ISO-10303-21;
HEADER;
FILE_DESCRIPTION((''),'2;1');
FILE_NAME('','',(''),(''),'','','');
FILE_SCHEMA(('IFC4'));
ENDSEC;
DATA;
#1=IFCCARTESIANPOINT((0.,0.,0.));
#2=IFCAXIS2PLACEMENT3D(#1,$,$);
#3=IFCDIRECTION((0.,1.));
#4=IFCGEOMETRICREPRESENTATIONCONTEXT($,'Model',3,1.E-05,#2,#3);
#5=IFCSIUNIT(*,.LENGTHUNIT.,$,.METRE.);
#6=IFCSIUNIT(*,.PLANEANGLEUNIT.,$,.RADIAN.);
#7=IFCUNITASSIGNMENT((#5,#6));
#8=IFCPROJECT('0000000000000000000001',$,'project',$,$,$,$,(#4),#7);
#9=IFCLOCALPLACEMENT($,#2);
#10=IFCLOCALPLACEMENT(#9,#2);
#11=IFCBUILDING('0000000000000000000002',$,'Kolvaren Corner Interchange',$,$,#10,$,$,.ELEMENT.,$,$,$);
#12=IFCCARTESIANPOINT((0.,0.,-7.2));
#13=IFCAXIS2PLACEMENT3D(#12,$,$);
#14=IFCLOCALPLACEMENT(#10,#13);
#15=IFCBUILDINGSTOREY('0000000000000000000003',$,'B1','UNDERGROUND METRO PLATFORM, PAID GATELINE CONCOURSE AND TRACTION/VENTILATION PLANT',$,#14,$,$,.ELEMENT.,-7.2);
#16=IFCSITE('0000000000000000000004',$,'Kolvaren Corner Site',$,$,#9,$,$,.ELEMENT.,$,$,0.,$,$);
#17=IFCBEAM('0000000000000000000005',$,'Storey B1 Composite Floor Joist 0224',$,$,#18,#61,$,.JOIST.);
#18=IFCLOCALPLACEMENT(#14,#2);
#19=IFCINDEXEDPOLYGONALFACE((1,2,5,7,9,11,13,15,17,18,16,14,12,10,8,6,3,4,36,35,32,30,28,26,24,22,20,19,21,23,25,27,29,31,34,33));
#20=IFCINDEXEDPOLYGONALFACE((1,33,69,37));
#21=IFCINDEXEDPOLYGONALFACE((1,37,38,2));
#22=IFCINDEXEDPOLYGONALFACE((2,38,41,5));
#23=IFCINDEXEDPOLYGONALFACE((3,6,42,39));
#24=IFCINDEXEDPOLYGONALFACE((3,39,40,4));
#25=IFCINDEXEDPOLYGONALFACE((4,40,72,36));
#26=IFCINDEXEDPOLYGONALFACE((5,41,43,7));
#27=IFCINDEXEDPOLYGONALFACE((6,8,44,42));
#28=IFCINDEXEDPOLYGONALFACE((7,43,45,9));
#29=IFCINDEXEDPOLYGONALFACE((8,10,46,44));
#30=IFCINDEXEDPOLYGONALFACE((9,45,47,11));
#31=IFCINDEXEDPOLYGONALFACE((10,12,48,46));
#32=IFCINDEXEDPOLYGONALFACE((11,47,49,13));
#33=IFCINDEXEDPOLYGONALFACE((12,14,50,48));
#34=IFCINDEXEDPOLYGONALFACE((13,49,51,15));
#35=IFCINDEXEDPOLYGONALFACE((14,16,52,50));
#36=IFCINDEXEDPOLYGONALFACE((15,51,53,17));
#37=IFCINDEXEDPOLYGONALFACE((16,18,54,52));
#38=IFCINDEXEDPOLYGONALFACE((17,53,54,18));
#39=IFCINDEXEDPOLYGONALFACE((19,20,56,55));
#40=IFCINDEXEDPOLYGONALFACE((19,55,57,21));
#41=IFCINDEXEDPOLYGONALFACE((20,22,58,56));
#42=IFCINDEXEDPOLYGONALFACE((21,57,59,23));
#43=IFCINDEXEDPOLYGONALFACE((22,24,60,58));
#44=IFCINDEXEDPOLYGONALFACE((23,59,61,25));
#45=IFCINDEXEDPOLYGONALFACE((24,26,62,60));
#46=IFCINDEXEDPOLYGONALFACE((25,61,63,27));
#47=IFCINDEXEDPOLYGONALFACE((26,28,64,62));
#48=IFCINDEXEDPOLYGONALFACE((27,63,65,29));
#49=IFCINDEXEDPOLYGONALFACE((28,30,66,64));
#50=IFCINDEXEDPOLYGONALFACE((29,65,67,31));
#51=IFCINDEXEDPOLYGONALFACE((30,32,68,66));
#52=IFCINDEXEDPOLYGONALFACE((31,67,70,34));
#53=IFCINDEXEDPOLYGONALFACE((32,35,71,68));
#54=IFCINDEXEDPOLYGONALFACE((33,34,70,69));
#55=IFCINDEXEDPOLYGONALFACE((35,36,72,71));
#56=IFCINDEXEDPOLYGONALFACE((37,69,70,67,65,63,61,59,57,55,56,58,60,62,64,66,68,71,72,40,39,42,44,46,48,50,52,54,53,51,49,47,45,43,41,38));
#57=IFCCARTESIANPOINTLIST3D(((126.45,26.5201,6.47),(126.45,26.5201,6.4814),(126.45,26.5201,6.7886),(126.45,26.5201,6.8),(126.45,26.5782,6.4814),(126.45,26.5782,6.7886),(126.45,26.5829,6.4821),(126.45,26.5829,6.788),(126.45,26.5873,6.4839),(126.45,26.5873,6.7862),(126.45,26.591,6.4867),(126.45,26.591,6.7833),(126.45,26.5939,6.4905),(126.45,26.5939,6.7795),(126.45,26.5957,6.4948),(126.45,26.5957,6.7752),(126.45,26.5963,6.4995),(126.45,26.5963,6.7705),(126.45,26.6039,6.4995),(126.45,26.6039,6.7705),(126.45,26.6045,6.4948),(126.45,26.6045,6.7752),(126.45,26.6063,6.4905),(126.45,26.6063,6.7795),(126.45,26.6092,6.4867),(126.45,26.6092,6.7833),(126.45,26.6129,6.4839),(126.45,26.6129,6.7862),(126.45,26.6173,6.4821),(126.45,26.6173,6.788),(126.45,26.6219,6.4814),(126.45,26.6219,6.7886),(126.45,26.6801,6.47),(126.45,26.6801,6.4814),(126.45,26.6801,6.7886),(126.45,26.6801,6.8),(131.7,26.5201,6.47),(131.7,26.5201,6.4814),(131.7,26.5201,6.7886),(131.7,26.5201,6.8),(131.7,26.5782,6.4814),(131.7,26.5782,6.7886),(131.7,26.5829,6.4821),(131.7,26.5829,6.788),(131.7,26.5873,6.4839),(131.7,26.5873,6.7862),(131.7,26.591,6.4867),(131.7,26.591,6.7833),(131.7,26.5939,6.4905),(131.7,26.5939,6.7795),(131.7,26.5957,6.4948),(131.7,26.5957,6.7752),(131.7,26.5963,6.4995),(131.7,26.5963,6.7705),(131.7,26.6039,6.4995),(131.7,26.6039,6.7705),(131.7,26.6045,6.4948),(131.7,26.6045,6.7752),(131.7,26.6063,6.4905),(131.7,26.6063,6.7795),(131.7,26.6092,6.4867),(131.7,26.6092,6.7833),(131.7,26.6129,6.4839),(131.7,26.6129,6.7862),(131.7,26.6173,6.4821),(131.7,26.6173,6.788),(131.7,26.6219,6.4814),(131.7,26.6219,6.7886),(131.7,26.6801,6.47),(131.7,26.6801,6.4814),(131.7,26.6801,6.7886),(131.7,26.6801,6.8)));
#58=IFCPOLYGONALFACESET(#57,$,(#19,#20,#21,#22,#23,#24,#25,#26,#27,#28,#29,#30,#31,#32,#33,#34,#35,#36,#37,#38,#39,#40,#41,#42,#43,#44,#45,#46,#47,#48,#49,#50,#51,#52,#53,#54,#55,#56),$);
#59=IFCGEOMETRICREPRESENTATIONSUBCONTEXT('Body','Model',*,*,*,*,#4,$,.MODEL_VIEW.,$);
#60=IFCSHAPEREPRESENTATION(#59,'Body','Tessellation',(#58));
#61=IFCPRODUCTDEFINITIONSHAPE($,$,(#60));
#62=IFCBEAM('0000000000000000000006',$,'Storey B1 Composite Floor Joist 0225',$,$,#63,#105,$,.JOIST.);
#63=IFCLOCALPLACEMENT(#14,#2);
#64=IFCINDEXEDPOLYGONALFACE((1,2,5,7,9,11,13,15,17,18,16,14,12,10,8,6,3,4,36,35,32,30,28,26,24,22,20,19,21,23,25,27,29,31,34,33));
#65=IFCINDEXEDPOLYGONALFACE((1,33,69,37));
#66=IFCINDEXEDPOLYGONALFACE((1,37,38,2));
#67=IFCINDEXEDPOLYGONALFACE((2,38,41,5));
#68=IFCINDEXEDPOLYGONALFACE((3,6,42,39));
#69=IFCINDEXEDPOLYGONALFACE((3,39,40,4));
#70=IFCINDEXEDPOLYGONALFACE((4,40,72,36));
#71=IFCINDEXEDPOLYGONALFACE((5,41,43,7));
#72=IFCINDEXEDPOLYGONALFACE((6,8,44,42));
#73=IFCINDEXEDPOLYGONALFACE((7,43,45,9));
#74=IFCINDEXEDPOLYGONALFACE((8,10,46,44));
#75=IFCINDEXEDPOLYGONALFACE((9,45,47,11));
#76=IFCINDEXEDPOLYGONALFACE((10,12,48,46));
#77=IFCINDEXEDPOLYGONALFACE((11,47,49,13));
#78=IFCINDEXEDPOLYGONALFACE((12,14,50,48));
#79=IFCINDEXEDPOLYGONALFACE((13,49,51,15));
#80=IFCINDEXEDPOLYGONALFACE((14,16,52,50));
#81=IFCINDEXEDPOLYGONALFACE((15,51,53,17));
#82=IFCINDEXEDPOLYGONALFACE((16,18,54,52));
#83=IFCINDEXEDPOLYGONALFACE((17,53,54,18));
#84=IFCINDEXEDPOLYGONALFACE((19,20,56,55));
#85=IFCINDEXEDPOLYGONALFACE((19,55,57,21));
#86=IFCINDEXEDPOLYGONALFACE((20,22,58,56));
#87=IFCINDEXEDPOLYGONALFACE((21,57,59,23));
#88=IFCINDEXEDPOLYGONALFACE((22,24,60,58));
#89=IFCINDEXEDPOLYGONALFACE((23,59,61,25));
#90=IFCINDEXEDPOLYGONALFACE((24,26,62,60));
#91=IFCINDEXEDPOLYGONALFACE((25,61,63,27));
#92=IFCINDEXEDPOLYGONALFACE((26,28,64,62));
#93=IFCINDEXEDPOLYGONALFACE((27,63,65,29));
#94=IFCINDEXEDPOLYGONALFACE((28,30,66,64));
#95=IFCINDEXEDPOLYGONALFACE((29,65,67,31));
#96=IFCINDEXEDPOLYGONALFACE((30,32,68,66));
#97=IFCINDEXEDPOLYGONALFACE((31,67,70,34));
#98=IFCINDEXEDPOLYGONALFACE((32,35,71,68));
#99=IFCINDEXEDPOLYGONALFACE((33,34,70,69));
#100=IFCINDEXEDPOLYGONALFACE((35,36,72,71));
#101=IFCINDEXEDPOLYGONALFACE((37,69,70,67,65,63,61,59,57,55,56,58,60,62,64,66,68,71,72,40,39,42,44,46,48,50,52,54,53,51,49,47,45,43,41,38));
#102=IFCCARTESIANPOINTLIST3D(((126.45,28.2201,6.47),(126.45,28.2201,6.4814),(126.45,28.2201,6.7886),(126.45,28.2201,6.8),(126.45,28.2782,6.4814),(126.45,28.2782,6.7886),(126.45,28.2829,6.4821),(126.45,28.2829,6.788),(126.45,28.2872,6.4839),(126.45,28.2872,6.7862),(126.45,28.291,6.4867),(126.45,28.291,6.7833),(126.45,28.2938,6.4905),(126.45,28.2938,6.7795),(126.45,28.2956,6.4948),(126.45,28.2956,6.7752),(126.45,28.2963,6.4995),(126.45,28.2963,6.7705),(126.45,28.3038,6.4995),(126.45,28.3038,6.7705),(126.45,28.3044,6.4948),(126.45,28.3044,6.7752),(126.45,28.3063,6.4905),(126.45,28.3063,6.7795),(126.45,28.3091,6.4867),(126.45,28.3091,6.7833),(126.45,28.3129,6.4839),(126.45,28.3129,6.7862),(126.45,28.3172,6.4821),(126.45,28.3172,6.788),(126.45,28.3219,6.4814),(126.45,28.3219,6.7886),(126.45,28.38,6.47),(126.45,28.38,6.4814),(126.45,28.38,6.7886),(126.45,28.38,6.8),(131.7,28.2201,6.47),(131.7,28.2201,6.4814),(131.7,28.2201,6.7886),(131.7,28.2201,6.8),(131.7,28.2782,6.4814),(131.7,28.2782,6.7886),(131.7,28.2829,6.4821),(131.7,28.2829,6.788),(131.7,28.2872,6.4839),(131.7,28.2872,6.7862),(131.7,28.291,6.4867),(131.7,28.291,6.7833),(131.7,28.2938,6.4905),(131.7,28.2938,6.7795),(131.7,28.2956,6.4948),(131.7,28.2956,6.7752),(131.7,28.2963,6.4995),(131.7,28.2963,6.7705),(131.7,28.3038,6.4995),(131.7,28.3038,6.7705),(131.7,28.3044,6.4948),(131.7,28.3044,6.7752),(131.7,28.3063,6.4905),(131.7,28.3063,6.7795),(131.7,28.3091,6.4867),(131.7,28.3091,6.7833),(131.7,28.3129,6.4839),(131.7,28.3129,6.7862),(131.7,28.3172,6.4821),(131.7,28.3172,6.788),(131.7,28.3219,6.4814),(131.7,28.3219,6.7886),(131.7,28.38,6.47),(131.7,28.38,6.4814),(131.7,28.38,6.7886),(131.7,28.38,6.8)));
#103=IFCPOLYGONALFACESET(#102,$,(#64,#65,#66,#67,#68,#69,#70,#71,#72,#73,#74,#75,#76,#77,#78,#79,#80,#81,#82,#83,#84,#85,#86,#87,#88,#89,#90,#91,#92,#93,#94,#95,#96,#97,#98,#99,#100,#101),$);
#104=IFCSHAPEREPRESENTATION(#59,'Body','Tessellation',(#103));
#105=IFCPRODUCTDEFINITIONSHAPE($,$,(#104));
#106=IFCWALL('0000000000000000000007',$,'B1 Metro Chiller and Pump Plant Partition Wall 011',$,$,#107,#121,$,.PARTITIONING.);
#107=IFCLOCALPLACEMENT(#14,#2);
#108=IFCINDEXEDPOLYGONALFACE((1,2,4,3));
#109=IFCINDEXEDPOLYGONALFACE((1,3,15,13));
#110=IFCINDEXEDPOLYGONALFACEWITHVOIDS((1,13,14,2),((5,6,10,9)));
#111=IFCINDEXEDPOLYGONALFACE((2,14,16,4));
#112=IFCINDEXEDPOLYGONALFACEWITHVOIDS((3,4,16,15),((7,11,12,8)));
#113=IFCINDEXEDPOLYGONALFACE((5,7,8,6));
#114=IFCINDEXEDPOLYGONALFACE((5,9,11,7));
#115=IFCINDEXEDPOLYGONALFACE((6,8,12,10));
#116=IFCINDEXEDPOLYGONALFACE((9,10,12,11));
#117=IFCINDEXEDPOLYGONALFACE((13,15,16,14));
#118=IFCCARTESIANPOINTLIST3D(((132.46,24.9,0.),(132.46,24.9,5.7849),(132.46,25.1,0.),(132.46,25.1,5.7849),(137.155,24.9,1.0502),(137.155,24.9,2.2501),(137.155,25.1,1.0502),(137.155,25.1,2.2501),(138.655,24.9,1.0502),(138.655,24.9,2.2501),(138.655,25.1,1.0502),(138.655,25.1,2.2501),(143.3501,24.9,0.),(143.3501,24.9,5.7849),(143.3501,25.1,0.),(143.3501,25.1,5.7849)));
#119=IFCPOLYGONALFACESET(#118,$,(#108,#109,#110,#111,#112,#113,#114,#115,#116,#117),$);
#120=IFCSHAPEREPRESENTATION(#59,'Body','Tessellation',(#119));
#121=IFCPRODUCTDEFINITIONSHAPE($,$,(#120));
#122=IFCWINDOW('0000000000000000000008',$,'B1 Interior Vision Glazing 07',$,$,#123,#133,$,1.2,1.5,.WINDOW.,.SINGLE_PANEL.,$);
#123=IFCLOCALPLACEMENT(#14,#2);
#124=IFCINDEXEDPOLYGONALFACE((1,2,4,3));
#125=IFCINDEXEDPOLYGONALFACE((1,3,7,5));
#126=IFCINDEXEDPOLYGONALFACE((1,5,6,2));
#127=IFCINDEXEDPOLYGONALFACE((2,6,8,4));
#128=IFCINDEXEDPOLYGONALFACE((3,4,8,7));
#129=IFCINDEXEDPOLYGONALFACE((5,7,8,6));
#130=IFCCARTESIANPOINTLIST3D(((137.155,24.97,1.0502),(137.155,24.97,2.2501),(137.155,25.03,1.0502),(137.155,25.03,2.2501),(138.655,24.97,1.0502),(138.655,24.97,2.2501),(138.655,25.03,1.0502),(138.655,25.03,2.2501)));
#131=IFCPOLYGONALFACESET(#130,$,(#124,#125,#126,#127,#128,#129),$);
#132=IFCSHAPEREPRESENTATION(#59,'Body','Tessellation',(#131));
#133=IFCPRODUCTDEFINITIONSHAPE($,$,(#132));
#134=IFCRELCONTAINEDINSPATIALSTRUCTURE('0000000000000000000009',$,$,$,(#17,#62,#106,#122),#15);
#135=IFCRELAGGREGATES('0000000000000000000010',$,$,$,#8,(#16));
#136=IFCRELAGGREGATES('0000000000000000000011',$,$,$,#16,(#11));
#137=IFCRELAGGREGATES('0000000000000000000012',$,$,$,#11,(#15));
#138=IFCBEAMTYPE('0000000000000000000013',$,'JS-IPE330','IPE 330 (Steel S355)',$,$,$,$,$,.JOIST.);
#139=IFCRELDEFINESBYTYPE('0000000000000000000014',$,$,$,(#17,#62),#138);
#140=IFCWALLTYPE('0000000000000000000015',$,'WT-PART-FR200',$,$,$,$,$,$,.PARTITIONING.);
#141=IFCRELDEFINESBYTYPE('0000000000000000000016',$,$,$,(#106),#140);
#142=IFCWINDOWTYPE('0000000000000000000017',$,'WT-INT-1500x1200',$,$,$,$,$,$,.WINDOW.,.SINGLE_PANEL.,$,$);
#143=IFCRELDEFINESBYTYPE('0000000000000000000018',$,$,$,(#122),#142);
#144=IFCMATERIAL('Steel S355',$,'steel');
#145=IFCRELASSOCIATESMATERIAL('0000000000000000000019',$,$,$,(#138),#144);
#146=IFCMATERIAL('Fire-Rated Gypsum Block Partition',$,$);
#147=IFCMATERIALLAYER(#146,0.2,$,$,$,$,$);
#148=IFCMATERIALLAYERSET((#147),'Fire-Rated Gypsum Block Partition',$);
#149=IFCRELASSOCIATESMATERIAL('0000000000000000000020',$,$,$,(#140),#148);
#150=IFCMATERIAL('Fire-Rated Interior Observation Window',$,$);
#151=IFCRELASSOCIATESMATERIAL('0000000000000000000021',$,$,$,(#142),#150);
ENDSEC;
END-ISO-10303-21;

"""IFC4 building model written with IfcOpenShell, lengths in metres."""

from ifc_helpers import new_model, si_unit, direction, frame, frame_2d, origin, origin_2d, place, context, subcontext, project, spatial, rectangle, i_section, extrude, material, layer, layer_set, material_profile, profile_set, type_object, element, fill, save


model = new_model("IFC4")

# Units and contexts
model_context = context("Model", 3, precision=1e-05, world=origin(), true_north=direction((0.0, 1.0)))
body_context = subcontext(model_context, "Body", "Model", "MODEL_VIEW")
ifc_project = project(units=[si_unit("LENGTHUNIT", "METRE"), si_unit("PLANEANGLEUNIT", "RADIAN")], contexts=[model_context])

# Site, building, storey
site_placement = place(None, origin())
site = spatial("IfcSite", under=ifc_project, at=site_placement, Name="Kolvaren Corner Site", CompositionType="ELEMENT", RefElevation=0.0)
building_placement = place(site_placement, origin())
building = spatial("IfcBuilding", under=site, at=building_placement, Name="Kolvaren Corner Interchange", CompositionType="ELEMENT")
storey_placement = place(building_placement, frame((0.0, 0.0, -7.2)))
storey = spatial("IfcBuildingStorey", under=building, at=storey_placement, Name="B1", Description="UNDERGROUND METRO PLATFORM, PAID GATELINE CONCOURSE AND TRACTION/VENTILATION PLANT", CompositionType="ELEMENT", Elevation=-7.2)

# Beams
ifc_material_1 = material(Name="Steel S355", Category="steel")
ifc_material_profile_1 = material_profile(ifc_material_1, i_section(OverallWidth=0.1599, OverallDepth=0.3301, WebThickness=0.0076, FlangeThickness=0.0115, FilletRadius=0.0181, at=origin_2d()), Name="IPE 330")
ifc_profile_set_1 = profile_set([ifc_material_profile_1], Name="Steel S355")
beam_type_1 = type_object("IfcBeamType", Name="JS-IPE330", Description="IPE 330 (Steel S355)", PredefinedType="JOIST", material=ifc_profile_set_1)
for number, where, z_axis, x_axis, name in (
    (1, (126.45, 26.6001, 6.635), (1.0, 0.0, 0.0), (0.0, 1.0, 0.0), "Storey B1 Composite Floor Joist 0224"),
    (2, (126.45, 28.3, 6.635), (1.0, 0.0, 0.0), (0.0, 1.0, 0.0), "Storey B1 Composite Floor Joist 0225"),
):
    element("IfcBeam", number, at=place(storey_placement, frame(where, z_axis=z_axis, x_axis=x_axis)), inside=storey, type_object=beam_type_1, Name=name, PredefinedType="JOIST", context=body_context, shape_type="SweptSolid", body=[
        extrude(i_section(OverallWidth=0.1599, OverallDepth=0.3301, WebThickness=0.0076, FlangeThickness=0.0115, FilletRadius=0.0181, at=origin_2d()), origin(), (0.0, 0.0, 1.0), 5.25),
    ])

# Wall, opening, window
ifc_material_2 = material(Name="Fire-Rated Gypsum Block Partition")
ifc_layer = layer(ifc_material_2, 0.2)
ifc_layer_set = layer_set([ifc_layer], Name="Fire-Rated Gypsum Block Partition")
wall_type = type_object("IfcWallType", Name="WT-PART-FR200", PredefinedType="PARTITIONING", material=ifc_layer_set)
wall_placement = place(storey_placement, frame((132.46, 25.0, 0.0), z_axis=(0.0, 0.0, 1.0), x_axis=(1.0, 0.0, 0.0)))
wall = element("IfcWall", 3, at=wall_placement, inside=storey, type_object=wall_type, Name="B1 Metro Chiller and Pump Plant Partition Wall 011", PredefinedType="PARTITIONING", context=body_context, shape_type="SweptSolid", body=[
    extrude(rectangle(XDim=10.8901, YDim=0.2, at=frame_2d((5.4451, 0.0))), origin(), (0.0, 0.0, 1.0), 5.7849),
])
opening_placement = place(wall_placement, frame((4.6951, 0.0, 1.05)))
opening = element("IfcOpeningElement", 4, at=opening_placement, cuts=wall, PredefinedType="OPENING", context=body_context, shape_type="SweptSolid", body=[
    extrude(rectangle(XDim=1.5, YDim=1.2, at=frame_2d((0.75, 0.6001))), frame((0.0, 0.1099, 0.0), z_axis=(0.0, -1.0, 0.0), x_axis=(1.0, 0.0, 0.0)), (0.0, 0.0, 1.0), 0.22),
])
ifc_material_3 = material(Name="Fire-Rated Interior Observation Window")
window_type = type_object("IfcWindowType", Name="WT-INT-1500x1200", PartitioningType="SINGLE_PANEL", PredefinedType="WINDOW", material=ifc_material_3)
window_placement = place(opening_placement, origin())
window = element("IfcWindow", 5, at=window_placement, inside=storey, type_object=window_type, Name="B1 Interior Vision Glazing 07", OverallHeight=1.2, OverallWidth=1.5, PartitioningType="SINGLE_PANEL", PredefinedType="WINDOW", context=body_context, shape_type="SweptSolid", body=[
    extrude(rectangle(XDim=1.5, YDim=1.2, at=frame_2d((0.75, 0.6001))), frame((0.0, 0.03, 0.0), z_axis=(0.0, -1.0, 0.0), x_axis=(1.0, 0.0, 0.0)), (0.0, 0.0, 1.0), 0.0601),
])
fill(opening, window)

save(model, "model.ifc")
